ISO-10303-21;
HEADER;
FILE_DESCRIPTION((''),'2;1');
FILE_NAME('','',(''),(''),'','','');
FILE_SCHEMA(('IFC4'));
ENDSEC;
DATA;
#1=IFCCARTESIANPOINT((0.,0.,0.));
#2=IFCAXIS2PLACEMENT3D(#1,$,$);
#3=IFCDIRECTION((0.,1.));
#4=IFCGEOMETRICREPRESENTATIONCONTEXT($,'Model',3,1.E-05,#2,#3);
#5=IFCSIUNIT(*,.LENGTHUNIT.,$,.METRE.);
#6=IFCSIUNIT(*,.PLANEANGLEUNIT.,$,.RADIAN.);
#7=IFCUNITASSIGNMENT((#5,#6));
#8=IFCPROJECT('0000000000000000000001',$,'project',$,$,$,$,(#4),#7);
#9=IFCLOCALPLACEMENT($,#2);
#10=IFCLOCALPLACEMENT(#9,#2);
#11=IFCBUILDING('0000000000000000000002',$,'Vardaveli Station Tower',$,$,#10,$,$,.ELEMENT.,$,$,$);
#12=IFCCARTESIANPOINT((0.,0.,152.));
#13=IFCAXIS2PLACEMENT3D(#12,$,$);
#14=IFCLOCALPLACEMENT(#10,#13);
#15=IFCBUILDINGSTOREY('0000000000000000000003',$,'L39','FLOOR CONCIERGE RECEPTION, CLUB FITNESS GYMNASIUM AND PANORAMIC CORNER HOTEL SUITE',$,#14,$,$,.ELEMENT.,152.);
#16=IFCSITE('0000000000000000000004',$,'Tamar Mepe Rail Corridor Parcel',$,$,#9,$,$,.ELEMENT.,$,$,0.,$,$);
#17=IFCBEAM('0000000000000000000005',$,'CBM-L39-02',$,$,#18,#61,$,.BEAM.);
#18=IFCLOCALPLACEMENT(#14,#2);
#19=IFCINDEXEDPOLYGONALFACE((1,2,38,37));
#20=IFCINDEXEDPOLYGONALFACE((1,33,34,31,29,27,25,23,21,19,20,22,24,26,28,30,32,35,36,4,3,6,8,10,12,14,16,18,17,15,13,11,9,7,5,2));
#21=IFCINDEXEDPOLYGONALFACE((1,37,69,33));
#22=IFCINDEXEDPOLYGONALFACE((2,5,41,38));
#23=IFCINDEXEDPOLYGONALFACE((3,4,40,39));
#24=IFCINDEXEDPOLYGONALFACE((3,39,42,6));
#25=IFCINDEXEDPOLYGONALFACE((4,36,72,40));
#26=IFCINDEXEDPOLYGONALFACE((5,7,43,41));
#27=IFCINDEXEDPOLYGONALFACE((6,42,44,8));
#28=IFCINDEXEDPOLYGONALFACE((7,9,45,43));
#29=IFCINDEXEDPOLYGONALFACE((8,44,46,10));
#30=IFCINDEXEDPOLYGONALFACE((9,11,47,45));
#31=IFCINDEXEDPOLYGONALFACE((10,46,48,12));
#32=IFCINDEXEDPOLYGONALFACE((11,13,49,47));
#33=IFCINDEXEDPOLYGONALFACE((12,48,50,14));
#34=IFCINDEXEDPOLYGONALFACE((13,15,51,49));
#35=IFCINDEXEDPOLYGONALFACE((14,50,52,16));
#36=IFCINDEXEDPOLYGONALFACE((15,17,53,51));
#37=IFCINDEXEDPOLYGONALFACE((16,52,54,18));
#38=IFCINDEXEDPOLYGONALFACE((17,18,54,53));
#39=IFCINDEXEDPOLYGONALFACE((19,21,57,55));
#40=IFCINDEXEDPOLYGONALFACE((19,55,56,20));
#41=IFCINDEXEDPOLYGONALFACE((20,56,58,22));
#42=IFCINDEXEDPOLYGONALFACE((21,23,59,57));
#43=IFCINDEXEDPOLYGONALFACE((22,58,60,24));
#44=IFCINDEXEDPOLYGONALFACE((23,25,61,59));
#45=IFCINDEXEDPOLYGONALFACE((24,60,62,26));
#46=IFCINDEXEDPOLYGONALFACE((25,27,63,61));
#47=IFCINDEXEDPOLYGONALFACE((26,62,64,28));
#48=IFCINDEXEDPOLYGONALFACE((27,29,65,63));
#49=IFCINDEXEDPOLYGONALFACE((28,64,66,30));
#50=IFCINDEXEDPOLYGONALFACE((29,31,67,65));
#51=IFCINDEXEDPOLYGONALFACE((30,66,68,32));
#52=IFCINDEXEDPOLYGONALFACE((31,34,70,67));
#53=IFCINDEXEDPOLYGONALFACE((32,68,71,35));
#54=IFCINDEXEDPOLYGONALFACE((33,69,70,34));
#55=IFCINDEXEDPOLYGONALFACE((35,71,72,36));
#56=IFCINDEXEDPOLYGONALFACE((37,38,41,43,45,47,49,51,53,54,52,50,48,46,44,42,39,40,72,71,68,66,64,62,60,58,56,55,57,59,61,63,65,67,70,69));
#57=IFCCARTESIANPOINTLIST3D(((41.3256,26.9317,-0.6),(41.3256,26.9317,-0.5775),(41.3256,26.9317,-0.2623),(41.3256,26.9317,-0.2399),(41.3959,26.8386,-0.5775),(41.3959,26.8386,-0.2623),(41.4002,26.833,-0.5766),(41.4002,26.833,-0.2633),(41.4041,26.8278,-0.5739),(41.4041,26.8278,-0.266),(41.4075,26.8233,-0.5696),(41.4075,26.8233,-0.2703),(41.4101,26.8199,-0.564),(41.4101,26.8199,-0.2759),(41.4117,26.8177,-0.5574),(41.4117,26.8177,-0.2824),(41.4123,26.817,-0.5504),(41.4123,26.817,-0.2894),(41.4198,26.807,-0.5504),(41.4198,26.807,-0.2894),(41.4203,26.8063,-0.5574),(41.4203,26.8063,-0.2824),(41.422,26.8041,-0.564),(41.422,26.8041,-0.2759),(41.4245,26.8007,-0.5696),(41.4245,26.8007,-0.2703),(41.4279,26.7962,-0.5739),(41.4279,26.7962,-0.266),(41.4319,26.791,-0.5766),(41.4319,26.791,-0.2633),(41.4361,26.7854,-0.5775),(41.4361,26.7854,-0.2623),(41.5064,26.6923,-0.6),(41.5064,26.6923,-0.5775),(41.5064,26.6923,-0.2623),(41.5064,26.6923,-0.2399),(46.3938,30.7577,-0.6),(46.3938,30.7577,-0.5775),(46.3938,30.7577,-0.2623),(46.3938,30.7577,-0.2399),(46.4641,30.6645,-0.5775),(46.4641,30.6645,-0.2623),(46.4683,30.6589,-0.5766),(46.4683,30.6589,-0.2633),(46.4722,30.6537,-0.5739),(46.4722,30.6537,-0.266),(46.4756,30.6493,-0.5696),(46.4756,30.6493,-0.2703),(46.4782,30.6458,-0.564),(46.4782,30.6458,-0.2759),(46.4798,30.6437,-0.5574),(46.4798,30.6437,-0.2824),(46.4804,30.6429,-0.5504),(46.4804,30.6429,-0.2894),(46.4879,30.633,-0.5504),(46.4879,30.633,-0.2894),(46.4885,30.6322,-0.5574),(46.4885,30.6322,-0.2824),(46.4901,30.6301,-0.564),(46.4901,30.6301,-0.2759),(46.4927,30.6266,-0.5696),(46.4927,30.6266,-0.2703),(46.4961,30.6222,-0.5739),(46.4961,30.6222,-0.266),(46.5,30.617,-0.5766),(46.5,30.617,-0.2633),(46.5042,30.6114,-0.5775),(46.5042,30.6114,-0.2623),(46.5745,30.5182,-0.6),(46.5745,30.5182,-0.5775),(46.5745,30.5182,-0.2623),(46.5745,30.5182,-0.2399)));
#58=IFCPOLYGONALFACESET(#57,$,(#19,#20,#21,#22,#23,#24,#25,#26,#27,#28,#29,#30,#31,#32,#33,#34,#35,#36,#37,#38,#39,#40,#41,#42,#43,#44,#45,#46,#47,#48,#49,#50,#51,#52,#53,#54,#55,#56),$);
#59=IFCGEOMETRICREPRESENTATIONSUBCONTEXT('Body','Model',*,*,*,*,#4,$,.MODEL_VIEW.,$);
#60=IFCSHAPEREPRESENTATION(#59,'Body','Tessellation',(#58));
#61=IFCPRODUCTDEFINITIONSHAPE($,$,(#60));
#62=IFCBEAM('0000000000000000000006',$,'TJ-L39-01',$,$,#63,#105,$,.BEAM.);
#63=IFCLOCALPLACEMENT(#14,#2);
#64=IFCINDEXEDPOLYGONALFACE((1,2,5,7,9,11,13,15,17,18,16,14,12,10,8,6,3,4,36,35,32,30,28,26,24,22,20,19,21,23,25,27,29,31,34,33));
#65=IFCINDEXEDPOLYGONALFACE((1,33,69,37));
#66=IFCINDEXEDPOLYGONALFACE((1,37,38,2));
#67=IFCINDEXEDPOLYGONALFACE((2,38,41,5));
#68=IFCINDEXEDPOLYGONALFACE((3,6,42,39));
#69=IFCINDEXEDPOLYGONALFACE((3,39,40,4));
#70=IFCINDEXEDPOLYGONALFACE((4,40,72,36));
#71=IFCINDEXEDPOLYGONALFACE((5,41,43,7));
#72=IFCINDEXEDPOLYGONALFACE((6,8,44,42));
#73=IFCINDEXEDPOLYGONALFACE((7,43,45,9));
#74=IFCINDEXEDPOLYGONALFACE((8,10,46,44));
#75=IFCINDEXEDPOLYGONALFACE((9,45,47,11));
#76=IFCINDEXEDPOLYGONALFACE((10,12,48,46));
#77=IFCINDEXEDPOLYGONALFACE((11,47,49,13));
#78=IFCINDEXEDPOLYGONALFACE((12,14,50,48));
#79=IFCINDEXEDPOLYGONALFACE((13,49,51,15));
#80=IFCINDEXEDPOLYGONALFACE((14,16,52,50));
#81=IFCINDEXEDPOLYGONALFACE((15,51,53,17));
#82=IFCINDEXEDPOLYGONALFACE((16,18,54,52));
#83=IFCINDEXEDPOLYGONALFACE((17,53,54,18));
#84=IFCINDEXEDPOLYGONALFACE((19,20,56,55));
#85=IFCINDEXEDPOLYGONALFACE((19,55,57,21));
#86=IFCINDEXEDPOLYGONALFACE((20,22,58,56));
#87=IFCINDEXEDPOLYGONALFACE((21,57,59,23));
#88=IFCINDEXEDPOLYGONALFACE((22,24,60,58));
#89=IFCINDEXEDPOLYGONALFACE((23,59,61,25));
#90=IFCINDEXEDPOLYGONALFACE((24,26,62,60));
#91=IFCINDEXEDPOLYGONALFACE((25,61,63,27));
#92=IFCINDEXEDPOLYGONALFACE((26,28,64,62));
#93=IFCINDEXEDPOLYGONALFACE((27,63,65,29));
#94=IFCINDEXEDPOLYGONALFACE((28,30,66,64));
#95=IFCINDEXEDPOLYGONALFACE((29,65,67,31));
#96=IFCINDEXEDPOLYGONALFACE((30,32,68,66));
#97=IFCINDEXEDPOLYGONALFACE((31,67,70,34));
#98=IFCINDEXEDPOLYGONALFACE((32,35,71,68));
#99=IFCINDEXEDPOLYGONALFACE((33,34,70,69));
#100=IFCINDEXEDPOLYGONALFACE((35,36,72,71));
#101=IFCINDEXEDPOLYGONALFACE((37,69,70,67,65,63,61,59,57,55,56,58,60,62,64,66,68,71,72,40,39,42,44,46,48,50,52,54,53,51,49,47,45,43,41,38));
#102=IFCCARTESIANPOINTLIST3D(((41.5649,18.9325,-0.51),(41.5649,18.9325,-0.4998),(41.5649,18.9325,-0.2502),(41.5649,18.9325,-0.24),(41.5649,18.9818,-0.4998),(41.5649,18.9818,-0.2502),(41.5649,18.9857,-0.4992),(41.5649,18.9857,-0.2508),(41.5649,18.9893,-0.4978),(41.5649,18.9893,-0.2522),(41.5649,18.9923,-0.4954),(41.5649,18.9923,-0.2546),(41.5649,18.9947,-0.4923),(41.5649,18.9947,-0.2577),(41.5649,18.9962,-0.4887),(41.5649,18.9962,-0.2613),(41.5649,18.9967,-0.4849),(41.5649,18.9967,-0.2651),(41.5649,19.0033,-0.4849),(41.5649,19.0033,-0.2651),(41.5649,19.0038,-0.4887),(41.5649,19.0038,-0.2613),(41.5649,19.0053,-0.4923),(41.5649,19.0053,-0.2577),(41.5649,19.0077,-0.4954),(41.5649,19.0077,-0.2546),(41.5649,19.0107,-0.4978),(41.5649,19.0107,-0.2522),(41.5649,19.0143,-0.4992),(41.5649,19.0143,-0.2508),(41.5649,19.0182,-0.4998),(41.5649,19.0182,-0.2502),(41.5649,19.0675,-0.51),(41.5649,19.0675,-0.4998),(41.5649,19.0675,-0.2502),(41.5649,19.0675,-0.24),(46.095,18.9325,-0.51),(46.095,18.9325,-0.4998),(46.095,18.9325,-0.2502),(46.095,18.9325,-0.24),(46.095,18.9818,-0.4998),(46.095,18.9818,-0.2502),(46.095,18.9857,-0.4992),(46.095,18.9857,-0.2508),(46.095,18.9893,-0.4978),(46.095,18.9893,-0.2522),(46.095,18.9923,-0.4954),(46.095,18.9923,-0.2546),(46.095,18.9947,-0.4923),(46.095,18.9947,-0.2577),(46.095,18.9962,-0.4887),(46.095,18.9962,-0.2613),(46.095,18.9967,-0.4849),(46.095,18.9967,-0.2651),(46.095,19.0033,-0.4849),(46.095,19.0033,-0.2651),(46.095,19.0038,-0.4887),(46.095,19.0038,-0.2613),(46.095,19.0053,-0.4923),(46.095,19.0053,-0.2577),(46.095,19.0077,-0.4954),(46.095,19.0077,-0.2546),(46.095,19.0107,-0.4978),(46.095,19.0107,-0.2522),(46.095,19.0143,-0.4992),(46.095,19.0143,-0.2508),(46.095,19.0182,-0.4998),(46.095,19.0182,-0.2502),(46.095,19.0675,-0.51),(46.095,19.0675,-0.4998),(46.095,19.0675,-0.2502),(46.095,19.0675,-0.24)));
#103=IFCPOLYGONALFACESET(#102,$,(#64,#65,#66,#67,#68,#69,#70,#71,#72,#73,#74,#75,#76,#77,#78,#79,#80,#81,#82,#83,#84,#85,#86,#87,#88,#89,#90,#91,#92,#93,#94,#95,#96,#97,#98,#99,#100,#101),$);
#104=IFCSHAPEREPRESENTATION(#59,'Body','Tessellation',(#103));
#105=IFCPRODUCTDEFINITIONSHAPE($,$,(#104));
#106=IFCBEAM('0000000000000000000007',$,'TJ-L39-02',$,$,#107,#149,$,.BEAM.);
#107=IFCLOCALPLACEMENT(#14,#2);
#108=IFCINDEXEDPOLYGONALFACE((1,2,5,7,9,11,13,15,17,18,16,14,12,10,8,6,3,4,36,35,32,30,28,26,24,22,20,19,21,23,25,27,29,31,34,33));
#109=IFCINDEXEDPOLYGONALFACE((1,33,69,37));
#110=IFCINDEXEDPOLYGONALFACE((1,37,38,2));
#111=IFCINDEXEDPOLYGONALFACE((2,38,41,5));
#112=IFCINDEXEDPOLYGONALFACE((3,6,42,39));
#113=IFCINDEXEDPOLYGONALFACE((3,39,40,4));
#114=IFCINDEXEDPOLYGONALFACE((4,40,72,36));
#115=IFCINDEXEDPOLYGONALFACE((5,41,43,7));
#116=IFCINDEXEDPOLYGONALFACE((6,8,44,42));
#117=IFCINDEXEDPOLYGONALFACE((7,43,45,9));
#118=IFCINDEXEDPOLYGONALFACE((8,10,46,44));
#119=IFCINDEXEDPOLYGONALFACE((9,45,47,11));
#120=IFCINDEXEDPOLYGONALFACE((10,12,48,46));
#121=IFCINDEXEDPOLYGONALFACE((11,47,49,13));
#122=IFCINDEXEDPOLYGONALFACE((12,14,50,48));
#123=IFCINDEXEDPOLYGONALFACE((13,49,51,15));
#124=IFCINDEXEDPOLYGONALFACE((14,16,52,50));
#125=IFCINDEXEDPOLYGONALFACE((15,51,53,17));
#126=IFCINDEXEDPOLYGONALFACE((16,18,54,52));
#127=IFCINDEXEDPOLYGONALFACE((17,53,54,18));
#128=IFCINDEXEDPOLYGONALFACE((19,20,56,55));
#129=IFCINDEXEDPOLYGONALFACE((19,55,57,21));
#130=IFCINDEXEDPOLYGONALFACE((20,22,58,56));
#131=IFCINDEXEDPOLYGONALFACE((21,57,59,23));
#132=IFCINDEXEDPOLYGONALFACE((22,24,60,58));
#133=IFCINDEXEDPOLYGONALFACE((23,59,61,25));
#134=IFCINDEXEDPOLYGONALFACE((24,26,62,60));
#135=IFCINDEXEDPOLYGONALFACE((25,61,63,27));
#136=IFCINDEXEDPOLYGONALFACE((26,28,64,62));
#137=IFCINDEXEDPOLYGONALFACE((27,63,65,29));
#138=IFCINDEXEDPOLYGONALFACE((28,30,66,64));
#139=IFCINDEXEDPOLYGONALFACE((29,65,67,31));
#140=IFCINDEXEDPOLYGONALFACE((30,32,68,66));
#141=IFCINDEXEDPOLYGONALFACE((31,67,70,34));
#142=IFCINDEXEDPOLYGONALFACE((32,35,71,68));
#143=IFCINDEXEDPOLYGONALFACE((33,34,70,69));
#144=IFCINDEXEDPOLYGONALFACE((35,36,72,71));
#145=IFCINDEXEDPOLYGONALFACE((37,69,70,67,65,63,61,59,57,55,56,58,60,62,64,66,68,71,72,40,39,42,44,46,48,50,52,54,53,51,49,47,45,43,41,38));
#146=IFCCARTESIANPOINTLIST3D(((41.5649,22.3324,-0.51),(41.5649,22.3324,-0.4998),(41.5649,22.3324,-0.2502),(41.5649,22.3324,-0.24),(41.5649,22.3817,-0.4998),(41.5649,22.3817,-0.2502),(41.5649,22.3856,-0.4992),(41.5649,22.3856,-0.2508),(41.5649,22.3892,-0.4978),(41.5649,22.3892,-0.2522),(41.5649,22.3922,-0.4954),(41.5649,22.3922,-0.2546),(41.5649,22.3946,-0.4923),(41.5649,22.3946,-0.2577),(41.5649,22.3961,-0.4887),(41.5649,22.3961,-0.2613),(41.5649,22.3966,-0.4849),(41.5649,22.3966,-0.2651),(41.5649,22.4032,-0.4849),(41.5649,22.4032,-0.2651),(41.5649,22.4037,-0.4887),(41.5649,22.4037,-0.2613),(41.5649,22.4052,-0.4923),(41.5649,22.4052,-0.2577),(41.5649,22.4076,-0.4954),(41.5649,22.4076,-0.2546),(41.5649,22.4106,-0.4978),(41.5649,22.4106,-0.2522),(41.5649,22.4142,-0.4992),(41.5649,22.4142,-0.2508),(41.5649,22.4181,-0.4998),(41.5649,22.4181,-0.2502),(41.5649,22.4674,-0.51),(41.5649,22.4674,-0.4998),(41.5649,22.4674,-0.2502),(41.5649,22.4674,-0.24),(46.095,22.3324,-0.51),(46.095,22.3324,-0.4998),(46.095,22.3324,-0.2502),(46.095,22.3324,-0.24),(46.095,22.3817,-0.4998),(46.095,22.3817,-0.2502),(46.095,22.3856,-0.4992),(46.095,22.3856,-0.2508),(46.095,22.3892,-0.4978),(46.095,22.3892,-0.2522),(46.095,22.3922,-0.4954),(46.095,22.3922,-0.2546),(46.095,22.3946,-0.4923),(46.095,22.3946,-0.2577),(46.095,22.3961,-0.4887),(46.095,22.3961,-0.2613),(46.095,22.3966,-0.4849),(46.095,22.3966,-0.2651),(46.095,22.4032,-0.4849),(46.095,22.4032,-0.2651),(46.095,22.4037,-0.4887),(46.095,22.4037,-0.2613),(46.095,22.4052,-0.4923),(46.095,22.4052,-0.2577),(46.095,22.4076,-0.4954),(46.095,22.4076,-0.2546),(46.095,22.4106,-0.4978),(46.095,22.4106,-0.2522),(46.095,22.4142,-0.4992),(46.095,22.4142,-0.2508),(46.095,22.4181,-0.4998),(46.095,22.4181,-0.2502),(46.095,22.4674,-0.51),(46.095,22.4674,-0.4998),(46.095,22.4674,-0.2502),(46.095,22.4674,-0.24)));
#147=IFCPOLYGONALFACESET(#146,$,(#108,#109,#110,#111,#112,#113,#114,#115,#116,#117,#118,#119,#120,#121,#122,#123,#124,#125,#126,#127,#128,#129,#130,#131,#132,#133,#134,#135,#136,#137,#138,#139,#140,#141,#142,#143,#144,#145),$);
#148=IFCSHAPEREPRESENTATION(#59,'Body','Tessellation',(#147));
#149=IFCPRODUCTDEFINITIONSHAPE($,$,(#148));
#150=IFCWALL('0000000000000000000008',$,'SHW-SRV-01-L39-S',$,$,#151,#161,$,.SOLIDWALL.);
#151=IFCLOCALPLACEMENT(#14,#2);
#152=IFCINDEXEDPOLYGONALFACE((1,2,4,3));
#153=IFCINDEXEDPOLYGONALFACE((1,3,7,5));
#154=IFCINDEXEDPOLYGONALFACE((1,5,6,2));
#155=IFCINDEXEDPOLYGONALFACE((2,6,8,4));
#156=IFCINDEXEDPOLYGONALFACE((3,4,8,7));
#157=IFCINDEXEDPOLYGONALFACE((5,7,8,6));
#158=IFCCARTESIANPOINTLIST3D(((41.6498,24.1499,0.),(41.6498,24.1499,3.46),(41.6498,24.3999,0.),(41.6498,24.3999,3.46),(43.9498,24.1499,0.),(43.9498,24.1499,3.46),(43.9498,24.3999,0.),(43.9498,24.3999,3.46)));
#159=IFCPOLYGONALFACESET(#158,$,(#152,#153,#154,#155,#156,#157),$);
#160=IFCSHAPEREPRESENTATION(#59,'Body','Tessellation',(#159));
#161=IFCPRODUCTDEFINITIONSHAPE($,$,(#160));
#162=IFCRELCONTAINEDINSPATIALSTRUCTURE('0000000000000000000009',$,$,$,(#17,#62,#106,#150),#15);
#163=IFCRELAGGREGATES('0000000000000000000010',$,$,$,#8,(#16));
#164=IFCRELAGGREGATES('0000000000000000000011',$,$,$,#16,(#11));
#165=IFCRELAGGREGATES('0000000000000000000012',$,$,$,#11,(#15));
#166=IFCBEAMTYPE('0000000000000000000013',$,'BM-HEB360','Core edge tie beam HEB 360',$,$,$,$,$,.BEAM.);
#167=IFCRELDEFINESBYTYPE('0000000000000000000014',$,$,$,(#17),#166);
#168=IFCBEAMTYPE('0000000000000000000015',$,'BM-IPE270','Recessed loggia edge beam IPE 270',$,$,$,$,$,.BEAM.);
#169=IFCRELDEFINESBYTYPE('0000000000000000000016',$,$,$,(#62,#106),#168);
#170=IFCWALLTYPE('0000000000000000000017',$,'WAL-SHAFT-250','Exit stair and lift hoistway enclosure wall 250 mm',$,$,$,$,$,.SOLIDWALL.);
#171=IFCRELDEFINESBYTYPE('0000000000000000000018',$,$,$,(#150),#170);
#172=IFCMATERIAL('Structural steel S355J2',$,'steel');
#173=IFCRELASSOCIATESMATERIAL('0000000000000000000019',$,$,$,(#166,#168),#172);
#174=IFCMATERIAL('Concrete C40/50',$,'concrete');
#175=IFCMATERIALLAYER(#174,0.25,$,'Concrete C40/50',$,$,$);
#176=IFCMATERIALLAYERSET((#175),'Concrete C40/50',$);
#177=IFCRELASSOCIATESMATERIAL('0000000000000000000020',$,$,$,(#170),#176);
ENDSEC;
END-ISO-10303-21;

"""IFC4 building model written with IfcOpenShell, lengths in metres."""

from ifc_helpers import new_model, si_unit, direction, frame, frame_2d, origin, origin_2d, place, context, subcontext, project, spatial, rectangle, i_section, extrude, source, transform, mapped, material, layer, layer_set, material_profile, profile_set, type_object, element, save


model = new_model("IFC4")

# Units and contexts
model_context = context("Model", 3, precision=1e-05, world=origin(), true_north=direction((0.0, 1.0)))
body_context = subcontext(model_context, "Body", "Model", "MODEL_VIEW")
ifc_project = project(units=[si_unit("LENGTHUNIT", "METRE"), si_unit("PLANEANGLEUNIT", "RADIAN")], contexts=[model_context])

# Site, building, storey
site_placement = place(None, origin())
site = spatial("IfcSite", under=ifc_project, at=site_placement, Name="Tamar Mepe Rail Corridor Parcel", CompositionType="ELEMENT", RefElevation=0.0)
building_placement = place(site_placement, origin())
building = spatial("IfcBuilding", under=site, at=building_placement, Name="Vardaveli Station Tower", CompositionType="ELEMENT")
storey_placement = place(building_placement, frame((0.0, 0.0, 152.0)))
storey = spatial("IfcBuildingStorey", under=building, at=storey_placement, Name="L39", Description="FLOOR CONCIERGE RECEPTION, CLUB FITNESS GYMNASIUM AND PANORAMIC CORNER HOTEL SUITE", CompositionType="ELEMENT", Elevation=152.0)

# Beams
ifc_material_1 = material(Name="Structural steel S355J2", Category="steel")
ifc_material_profile_1 = material_profile(ifc_material_1, i_section(OverallWidth=0.3, OverallDepth=0.3601, WebThickness=0.0125, FlangeThickness=0.0225, FilletRadius=0.0271, at=origin_2d()), Name="HEB 360")
ifc_profile_set_1 = profile_set([ifc_material_profile_1], Name="Structural steel S355J2")
beam_type_1 = type_object("IfcBeamType", Name="BM-HEB360", Description="Core edge tie beam HEB 360", PredefinedType="BEAM", material=ifc_profile_set_1)
shared_shape_1 = source(origin(), body_context, "Body", "SweptSolid", [
    extrude(i_section(OverallWidth=0.3, OverallDepth=0.3601, WebThickness=0.0125, FlangeThickness=0.0225, FilletRadius=0.0271, at=origin_2d()), origin(), (0.0, 0.0, 1.0), 6.3501),
])
beam_1_placement = place(storey_placement, frame((41.416, 26.812, -0.4199), z_axis=(0.798118, 0.602501, 0.0), x_axis=(-0.602501, 0.798118, 0.0)))
element("IfcBeam", 1, at=beam_1_placement, inside=storey, type_object=beam_type_1, Name="CBM-L39-02", PredefinedType="BEAM", context=body_context, shape_type="MappedRepresentation", body=[
    mapped(shared_shape_1, transform((0.0, 0.0, 0.0), scale=1.0)),
])
ifc_material_profile_2 = material_profile(ifc_material_1, i_section(OverallWidth=0.135, OverallDepth=0.27, WebThickness=0.0066, FlangeThickness=0.0103, FilletRadius=0.0149, at=origin_2d()), Name="IPE 270")
ifc_profile_set_2 = profile_set([ifc_material_profile_2], Name="Structural steel S355J2")
beam_type_2 = type_object("IfcBeamType", Name="BM-IPE270", Description="Recessed loggia edge beam IPE 270", PredefinedType="BEAM", material=ifc_profile_set_2)
shared_shape_2 = source(origin(), body_context, "Body", "SweptSolid", [
    extrude(i_section(OverallWidth=0.135, OverallDepth=0.27, WebThickness=0.0066, FlangeThickness=0.0103, FilletRadius=0.0149, at=origin_2d()), origin(), (0.0, 0.0, 1.0), 4.53),
])
for number, where, z_axis, x_axis, name in (
    (2, (41.5649, 19.0, -0.375), (1.0, 0.0, 0.0), (0.0, 1.0, 0.0), "TJ-L39-01"),
    (3, (41.5649, 22.3999, -0.375), (1.0, 0.0, 0.0), (0.0, 1.0, 0.0), "TJ-L39-02"),
):
    element("IfcBeam", number, at=place(storey_placement, frame(where, z_axis=z_axis, x_axis=x_axis)), inside=storey, type_object=beam_type_2, Name=name, PredefinedType="BEAM", context=body_context, shape_type="MappedRepresentation", body=[
        mapped(shared_shape_2, transform((0.0, 0.0, 0.0), scale=1.0)),
    ])

# Wall
ifc_material_2 = material(Name="Concrete C40/50", Category="concrete")
ifc_layer_1 = layer(ifc_material_2, 0.25, Name="Concrete C40/50")
ifc_layer_set_1 = layer_set([ifc_layer_1], Name="Concrete C40/50")
wall_type_1 = type_object("IfcWallType", Name="WAL-SHAFT-250", Description="Exit stair and lift hoistway enclosure wall 250 mm", PredefinedType="SOLIDWALL", material=ifc_layer_set_1)
shared_shape_3 = source(origin(), body_context, "Body", "SweptSolid", [
    extrude(rectangle(XDim=2.3, YDim=0.25, at=frame_2d((1.1499, 0.0))), origin(), (0.0, 0.0, 1.0), 3.46),
])
wall_1_placement = place(storey_placement, frame((41.6499, 24.2749, 0.0), z_axis=(0.0, 0.0, 1.0), x_axis=(1.0, 0.0, 0.0)))
element("IfcWall", 4, at=wall_1_placement, inside=storey, type_object=wall_type_1, Name="SHW-SRV-01-L39-S", PredefinedType="SOLIDWALL", context=body_context, shape_type="MappedRepresentation", body=[
    mapped(shared_shape_3, transform((0.0, 0.0, 0.0), scale=1.0)),
])

save(model, "model.ifc")
